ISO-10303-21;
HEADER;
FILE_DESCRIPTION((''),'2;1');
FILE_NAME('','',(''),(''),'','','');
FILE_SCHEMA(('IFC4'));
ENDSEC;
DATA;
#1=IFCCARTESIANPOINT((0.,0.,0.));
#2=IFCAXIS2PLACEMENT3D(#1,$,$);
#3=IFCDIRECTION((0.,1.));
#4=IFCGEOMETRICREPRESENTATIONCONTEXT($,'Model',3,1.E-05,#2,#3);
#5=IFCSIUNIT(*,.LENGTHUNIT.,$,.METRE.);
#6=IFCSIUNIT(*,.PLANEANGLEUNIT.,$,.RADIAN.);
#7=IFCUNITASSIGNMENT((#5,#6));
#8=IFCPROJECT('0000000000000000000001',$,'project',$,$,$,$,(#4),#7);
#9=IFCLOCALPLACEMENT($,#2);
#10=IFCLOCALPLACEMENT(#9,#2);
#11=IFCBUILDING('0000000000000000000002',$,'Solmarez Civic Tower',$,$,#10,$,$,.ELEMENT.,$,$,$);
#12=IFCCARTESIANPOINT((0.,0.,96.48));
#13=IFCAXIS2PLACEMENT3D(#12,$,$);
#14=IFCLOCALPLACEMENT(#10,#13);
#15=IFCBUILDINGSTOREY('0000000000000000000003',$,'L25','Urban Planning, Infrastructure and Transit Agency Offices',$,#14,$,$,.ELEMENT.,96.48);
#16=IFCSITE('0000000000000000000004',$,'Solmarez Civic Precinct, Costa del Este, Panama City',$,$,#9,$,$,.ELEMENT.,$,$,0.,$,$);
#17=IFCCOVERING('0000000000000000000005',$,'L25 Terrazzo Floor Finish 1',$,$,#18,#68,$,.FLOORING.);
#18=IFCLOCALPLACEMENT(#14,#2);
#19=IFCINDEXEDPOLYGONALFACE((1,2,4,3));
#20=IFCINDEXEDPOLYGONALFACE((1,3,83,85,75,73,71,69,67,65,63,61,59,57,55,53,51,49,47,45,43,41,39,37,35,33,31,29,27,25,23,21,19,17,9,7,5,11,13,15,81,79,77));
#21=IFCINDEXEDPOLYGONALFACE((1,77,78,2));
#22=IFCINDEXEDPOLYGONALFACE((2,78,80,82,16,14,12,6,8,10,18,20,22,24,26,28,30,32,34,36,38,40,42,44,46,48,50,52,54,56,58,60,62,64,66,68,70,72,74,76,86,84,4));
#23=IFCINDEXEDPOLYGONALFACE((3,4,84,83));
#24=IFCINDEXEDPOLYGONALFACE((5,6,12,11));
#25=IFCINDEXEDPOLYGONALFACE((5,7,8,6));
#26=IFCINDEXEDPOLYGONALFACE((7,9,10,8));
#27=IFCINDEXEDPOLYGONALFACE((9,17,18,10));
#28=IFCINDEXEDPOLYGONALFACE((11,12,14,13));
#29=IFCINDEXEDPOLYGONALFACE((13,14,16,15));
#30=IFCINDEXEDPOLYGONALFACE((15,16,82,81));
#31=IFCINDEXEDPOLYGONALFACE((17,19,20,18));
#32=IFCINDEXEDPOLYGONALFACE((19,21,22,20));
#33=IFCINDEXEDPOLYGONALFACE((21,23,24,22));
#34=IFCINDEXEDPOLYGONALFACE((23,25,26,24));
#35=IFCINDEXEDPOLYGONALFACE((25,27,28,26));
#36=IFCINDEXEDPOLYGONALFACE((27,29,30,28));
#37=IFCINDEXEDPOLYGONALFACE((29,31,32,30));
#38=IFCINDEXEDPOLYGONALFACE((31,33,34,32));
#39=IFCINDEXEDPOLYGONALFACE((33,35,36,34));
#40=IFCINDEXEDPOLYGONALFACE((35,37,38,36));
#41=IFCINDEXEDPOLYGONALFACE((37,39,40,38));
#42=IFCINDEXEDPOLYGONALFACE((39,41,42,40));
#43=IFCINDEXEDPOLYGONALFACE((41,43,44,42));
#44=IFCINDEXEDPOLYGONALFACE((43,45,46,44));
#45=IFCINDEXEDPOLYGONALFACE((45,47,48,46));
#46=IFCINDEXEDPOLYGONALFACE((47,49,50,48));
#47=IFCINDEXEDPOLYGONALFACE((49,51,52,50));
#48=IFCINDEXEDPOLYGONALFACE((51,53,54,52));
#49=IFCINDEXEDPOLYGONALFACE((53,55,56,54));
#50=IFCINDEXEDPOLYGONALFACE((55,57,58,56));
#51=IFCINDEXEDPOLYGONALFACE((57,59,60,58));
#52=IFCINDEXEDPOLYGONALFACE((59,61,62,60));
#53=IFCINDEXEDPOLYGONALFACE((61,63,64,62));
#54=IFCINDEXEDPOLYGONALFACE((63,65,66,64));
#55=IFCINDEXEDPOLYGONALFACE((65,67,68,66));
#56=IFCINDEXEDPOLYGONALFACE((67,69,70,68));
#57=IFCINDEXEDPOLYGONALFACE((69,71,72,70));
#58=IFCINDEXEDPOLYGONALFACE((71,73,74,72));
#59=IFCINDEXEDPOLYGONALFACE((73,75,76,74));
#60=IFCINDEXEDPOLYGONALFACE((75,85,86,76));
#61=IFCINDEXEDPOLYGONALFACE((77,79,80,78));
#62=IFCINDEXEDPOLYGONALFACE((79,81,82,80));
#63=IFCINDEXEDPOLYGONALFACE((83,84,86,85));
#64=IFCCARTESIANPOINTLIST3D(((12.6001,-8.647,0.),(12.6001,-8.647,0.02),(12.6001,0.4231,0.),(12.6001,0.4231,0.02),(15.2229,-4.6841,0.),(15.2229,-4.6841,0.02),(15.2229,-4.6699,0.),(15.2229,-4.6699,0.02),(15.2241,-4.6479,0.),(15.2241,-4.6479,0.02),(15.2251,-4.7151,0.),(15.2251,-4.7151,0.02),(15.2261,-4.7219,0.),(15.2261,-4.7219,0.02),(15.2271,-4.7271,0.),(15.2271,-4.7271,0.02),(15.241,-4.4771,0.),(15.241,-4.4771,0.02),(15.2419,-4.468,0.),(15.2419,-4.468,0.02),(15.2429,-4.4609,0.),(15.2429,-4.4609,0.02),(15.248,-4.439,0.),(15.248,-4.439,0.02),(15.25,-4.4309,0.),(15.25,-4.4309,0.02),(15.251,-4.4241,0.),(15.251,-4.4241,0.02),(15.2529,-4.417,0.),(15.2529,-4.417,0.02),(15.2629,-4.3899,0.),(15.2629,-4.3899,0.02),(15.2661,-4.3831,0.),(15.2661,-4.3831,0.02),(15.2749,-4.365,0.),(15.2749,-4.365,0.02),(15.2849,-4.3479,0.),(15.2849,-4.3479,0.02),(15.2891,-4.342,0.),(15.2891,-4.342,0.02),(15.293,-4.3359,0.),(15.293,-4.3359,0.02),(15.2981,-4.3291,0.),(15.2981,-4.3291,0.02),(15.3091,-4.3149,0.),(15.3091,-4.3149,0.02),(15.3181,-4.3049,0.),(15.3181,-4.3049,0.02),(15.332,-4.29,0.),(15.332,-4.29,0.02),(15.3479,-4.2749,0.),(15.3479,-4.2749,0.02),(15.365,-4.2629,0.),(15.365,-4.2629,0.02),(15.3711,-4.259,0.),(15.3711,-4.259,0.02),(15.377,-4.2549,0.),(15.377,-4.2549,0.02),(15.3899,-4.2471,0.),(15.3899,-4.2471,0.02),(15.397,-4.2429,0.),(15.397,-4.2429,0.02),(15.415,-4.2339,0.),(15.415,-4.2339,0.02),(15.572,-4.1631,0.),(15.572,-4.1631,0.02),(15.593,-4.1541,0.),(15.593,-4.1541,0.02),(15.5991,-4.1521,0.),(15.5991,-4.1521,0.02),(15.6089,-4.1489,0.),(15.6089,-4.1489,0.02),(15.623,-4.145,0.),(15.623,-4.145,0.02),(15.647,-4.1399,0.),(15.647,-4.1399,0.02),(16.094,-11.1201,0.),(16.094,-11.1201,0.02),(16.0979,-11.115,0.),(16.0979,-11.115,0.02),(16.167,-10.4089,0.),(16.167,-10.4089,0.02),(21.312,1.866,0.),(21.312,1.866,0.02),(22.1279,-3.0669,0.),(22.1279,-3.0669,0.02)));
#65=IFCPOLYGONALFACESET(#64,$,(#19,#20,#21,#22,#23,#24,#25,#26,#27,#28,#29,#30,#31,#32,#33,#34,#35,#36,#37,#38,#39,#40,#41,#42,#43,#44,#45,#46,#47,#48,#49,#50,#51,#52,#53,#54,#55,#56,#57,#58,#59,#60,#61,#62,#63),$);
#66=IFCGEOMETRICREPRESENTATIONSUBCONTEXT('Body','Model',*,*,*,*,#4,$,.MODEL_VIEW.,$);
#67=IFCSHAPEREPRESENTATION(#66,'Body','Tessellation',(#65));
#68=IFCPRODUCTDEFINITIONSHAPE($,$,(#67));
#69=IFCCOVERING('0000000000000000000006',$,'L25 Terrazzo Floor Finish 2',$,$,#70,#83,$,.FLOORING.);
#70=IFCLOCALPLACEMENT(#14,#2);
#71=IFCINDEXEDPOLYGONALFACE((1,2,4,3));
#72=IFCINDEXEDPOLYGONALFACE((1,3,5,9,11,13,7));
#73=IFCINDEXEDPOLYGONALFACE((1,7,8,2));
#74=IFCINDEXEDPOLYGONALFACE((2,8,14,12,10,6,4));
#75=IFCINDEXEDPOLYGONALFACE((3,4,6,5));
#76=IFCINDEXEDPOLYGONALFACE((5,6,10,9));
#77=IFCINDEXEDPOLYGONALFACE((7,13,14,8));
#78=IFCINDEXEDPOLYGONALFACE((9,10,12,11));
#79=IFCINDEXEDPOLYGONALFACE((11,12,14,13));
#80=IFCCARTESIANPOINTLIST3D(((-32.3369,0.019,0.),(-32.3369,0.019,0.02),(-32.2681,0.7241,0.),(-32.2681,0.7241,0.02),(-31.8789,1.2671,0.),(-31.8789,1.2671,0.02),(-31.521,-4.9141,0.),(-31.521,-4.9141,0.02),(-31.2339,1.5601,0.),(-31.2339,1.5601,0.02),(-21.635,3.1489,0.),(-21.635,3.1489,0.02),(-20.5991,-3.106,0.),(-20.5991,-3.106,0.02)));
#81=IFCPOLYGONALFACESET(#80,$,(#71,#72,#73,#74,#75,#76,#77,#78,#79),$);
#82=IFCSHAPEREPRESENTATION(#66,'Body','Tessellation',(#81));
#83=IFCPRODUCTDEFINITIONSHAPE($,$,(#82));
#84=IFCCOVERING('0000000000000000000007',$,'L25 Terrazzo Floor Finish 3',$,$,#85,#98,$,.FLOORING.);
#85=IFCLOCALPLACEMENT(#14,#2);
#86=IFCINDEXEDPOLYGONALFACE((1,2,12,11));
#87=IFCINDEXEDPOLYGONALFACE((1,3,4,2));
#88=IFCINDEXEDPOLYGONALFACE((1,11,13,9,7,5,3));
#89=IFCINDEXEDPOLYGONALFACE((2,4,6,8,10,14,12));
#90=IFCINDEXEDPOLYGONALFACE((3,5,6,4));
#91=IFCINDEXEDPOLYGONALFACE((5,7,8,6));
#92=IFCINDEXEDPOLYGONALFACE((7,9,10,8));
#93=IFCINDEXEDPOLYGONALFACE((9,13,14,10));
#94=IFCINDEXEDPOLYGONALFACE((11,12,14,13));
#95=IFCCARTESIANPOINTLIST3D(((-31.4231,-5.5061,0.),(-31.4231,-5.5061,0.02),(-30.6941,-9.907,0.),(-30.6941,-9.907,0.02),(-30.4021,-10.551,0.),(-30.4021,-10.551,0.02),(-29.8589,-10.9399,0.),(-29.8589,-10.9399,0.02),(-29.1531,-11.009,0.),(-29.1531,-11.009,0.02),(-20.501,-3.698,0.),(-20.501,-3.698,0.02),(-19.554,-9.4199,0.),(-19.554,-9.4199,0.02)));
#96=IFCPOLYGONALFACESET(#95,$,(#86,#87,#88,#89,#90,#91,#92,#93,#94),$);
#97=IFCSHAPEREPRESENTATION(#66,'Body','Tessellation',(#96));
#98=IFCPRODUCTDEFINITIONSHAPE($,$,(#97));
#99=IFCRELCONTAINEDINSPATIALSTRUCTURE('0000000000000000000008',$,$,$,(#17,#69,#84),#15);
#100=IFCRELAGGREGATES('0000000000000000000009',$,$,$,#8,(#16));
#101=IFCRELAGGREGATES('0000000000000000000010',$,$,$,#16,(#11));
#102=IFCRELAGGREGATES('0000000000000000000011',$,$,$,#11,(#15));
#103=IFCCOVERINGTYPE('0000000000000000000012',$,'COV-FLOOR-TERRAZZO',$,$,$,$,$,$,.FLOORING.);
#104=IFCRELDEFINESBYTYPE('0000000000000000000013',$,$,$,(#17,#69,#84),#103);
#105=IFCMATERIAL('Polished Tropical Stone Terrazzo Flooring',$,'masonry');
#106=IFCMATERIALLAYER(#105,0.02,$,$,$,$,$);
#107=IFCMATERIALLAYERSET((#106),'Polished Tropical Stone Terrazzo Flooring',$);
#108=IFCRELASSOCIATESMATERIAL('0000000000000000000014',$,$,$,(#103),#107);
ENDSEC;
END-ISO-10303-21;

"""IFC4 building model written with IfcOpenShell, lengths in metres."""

from ifc_helpers import new_model, si_unit, direction, frame, origin, place, context, subcontext, project, spatial, polyline, outline, extrude, material, layer, layer_set, type_object, element, save


model = new_model("IFC4")

# Units and contexts
model_context = context("Model", 3, precision=1e-05, world=origin(), true_north=direction((0.0, 1.0)))
body_context = subcontext(model_context, "Body", "Model", "MODEL_VIEW")
ifc_project = project(units=[si_unit("LENGTHUNIT", "METRE"), si_unit("PLANEANGLEUNIT", "RADIAN")], contexts=[model_context])

# Site, building, storey
site_placement = place(None, origin())
site = spatial("IfcSite", under=ifc_project, at=site_placement, Name="Solmarez Civic Precinct, Costa del Este, Panama City", CompositionType="ELEMENT", RefElevation=0.0)
building_placement = place(site_placement, origin())
building = spatial("IfcBuilding", under=site, at=building_placement, Name="Solmarez Civic Tower", CompositionType="ELEMENT")
storey_placement = place(building_placement, frame((0.0, 0.0, 96.48)))
storey = spatial("IfcBuildingStorey", under=building, at=storey_placement, Name="L25", Description="Urban Planning, Infrastructure and Transit Agency Offices", CompositionType="ELEMENT", Elevation=96.48)

# Coverings
ifc_material_1 = material(Name="Polished Tropical Stone Terrazzo Flooring", Category="masonry")
ifc_layer_1 = layer(ifc_material_1, 0.02)
ifc_layer_set_1 = layer_set([ifc_layer_1], Name="Polished Tropical Stone Terrazzo Flooring")
covering_type_1 = type_object("IfcCoveringType", Name="COV-FLOOR-TERRAZZO", PredefinedType="FLOORING", material=ifc_layer_set_1)
covering_1_placement = place(storey_placement, origin())
element("IfcCovering", 1, at=covering_1_placement, inside=storey, type_object=covering_type_1, Name="L25 Terrazzo Floor Finish 1", PredefinedType="FLOORING", context=body_context, shape_type="SweptSolid", body=[
    extrude(outline(polyline([(12.6001, 0.4231), (12.6001, -8.647), (16.094, -11.1201), (16.0979, -11.115), (16.167, -10.4089), (15.2271, -4.7271), (15.2261, -4.7219), (15.2251, -4.7151), (15.2229, -4.6841), (15.2229, -4.6699), (15.2241, -4.6479), (15.241, -4.4771), (15.2419, -4.468), (15.2429, -4.4609), (15.248, -4.439), (15.25, -4.4309), (15.251, -4.4241), (15.2529, -4.417), (15.2629, -4.3899), (15.2661, -4.3831), (15.2749, -4.365), (15.2849, -4.3479), (15.2891, -4.342), (15.293, -4.3359), (15.2981, -4.3291), (15.3091, -4.3149), (15.3181, -4.3049), (15.332, -4.29), (15.3479, -4.2749), (15.365, -4.2629), (15.3711, -4.259), (15.377, -4.2549), (15.3899, -4.2471), (15.397, -4.2429), (15.415, -4.2339), (15.572, -4.1631), (15.593, -4.1541), (15.5991, -4.1521), (15.6089, -4.1489), (15.623, -4.145), (15.647, -4.1399), (22.1279, -3.0669), (21.312, 1.866), (12.6001, 0.4231)])), origin(), (0.0, 0.0, 1.0), 0.02),
])
covering_2_placement = place(storey_placement, origin())
element("IfcCovering", 2, at=covering_2_placement, inside=storey, type_object=covering_type_1, Name="L25 Terrazzo Floor Finish 2", PredefinedType="FLOORING", context=body_context, shape_type="SweptSolid", body=[
    extrude(outline(polyline([(-21.635, 3.1489), (-31.2339, 1.5601), (-31.8789, 1.2671), (-32.2681, 0.7241), (-32.3369, 0.019), (-31.521, -4.9141), (-20.5991, -3.106), (-21.635, 3.1489)])), origin(), (0.0, 0.0, 1.0), 0.02),
])
covering_3_placement = place(storey_placement, origin())
element("IfcCovering", 3, at=covering_3_placement, inside=storey, type_object=covering_type_1, Name="L25 Terrazzo Floor Finish 3", PredefinedType="FLOORING", context=body_context, shape_type="SweptSolid", body=[
    extrude(outline(polyline([(-31.4231, -5.5061), (-30.6941, -9.907), (-30.4021, -10.551), (-29.8589, -10.9399), (-29.1531, -11.009), (-19.554, -9.4199), (-20.501, -3.698), (-31.4231, -5.5061)])), origin(), (0.0, 0.0, 1.0), 0.02),
])

save(model, "model.ifc")
